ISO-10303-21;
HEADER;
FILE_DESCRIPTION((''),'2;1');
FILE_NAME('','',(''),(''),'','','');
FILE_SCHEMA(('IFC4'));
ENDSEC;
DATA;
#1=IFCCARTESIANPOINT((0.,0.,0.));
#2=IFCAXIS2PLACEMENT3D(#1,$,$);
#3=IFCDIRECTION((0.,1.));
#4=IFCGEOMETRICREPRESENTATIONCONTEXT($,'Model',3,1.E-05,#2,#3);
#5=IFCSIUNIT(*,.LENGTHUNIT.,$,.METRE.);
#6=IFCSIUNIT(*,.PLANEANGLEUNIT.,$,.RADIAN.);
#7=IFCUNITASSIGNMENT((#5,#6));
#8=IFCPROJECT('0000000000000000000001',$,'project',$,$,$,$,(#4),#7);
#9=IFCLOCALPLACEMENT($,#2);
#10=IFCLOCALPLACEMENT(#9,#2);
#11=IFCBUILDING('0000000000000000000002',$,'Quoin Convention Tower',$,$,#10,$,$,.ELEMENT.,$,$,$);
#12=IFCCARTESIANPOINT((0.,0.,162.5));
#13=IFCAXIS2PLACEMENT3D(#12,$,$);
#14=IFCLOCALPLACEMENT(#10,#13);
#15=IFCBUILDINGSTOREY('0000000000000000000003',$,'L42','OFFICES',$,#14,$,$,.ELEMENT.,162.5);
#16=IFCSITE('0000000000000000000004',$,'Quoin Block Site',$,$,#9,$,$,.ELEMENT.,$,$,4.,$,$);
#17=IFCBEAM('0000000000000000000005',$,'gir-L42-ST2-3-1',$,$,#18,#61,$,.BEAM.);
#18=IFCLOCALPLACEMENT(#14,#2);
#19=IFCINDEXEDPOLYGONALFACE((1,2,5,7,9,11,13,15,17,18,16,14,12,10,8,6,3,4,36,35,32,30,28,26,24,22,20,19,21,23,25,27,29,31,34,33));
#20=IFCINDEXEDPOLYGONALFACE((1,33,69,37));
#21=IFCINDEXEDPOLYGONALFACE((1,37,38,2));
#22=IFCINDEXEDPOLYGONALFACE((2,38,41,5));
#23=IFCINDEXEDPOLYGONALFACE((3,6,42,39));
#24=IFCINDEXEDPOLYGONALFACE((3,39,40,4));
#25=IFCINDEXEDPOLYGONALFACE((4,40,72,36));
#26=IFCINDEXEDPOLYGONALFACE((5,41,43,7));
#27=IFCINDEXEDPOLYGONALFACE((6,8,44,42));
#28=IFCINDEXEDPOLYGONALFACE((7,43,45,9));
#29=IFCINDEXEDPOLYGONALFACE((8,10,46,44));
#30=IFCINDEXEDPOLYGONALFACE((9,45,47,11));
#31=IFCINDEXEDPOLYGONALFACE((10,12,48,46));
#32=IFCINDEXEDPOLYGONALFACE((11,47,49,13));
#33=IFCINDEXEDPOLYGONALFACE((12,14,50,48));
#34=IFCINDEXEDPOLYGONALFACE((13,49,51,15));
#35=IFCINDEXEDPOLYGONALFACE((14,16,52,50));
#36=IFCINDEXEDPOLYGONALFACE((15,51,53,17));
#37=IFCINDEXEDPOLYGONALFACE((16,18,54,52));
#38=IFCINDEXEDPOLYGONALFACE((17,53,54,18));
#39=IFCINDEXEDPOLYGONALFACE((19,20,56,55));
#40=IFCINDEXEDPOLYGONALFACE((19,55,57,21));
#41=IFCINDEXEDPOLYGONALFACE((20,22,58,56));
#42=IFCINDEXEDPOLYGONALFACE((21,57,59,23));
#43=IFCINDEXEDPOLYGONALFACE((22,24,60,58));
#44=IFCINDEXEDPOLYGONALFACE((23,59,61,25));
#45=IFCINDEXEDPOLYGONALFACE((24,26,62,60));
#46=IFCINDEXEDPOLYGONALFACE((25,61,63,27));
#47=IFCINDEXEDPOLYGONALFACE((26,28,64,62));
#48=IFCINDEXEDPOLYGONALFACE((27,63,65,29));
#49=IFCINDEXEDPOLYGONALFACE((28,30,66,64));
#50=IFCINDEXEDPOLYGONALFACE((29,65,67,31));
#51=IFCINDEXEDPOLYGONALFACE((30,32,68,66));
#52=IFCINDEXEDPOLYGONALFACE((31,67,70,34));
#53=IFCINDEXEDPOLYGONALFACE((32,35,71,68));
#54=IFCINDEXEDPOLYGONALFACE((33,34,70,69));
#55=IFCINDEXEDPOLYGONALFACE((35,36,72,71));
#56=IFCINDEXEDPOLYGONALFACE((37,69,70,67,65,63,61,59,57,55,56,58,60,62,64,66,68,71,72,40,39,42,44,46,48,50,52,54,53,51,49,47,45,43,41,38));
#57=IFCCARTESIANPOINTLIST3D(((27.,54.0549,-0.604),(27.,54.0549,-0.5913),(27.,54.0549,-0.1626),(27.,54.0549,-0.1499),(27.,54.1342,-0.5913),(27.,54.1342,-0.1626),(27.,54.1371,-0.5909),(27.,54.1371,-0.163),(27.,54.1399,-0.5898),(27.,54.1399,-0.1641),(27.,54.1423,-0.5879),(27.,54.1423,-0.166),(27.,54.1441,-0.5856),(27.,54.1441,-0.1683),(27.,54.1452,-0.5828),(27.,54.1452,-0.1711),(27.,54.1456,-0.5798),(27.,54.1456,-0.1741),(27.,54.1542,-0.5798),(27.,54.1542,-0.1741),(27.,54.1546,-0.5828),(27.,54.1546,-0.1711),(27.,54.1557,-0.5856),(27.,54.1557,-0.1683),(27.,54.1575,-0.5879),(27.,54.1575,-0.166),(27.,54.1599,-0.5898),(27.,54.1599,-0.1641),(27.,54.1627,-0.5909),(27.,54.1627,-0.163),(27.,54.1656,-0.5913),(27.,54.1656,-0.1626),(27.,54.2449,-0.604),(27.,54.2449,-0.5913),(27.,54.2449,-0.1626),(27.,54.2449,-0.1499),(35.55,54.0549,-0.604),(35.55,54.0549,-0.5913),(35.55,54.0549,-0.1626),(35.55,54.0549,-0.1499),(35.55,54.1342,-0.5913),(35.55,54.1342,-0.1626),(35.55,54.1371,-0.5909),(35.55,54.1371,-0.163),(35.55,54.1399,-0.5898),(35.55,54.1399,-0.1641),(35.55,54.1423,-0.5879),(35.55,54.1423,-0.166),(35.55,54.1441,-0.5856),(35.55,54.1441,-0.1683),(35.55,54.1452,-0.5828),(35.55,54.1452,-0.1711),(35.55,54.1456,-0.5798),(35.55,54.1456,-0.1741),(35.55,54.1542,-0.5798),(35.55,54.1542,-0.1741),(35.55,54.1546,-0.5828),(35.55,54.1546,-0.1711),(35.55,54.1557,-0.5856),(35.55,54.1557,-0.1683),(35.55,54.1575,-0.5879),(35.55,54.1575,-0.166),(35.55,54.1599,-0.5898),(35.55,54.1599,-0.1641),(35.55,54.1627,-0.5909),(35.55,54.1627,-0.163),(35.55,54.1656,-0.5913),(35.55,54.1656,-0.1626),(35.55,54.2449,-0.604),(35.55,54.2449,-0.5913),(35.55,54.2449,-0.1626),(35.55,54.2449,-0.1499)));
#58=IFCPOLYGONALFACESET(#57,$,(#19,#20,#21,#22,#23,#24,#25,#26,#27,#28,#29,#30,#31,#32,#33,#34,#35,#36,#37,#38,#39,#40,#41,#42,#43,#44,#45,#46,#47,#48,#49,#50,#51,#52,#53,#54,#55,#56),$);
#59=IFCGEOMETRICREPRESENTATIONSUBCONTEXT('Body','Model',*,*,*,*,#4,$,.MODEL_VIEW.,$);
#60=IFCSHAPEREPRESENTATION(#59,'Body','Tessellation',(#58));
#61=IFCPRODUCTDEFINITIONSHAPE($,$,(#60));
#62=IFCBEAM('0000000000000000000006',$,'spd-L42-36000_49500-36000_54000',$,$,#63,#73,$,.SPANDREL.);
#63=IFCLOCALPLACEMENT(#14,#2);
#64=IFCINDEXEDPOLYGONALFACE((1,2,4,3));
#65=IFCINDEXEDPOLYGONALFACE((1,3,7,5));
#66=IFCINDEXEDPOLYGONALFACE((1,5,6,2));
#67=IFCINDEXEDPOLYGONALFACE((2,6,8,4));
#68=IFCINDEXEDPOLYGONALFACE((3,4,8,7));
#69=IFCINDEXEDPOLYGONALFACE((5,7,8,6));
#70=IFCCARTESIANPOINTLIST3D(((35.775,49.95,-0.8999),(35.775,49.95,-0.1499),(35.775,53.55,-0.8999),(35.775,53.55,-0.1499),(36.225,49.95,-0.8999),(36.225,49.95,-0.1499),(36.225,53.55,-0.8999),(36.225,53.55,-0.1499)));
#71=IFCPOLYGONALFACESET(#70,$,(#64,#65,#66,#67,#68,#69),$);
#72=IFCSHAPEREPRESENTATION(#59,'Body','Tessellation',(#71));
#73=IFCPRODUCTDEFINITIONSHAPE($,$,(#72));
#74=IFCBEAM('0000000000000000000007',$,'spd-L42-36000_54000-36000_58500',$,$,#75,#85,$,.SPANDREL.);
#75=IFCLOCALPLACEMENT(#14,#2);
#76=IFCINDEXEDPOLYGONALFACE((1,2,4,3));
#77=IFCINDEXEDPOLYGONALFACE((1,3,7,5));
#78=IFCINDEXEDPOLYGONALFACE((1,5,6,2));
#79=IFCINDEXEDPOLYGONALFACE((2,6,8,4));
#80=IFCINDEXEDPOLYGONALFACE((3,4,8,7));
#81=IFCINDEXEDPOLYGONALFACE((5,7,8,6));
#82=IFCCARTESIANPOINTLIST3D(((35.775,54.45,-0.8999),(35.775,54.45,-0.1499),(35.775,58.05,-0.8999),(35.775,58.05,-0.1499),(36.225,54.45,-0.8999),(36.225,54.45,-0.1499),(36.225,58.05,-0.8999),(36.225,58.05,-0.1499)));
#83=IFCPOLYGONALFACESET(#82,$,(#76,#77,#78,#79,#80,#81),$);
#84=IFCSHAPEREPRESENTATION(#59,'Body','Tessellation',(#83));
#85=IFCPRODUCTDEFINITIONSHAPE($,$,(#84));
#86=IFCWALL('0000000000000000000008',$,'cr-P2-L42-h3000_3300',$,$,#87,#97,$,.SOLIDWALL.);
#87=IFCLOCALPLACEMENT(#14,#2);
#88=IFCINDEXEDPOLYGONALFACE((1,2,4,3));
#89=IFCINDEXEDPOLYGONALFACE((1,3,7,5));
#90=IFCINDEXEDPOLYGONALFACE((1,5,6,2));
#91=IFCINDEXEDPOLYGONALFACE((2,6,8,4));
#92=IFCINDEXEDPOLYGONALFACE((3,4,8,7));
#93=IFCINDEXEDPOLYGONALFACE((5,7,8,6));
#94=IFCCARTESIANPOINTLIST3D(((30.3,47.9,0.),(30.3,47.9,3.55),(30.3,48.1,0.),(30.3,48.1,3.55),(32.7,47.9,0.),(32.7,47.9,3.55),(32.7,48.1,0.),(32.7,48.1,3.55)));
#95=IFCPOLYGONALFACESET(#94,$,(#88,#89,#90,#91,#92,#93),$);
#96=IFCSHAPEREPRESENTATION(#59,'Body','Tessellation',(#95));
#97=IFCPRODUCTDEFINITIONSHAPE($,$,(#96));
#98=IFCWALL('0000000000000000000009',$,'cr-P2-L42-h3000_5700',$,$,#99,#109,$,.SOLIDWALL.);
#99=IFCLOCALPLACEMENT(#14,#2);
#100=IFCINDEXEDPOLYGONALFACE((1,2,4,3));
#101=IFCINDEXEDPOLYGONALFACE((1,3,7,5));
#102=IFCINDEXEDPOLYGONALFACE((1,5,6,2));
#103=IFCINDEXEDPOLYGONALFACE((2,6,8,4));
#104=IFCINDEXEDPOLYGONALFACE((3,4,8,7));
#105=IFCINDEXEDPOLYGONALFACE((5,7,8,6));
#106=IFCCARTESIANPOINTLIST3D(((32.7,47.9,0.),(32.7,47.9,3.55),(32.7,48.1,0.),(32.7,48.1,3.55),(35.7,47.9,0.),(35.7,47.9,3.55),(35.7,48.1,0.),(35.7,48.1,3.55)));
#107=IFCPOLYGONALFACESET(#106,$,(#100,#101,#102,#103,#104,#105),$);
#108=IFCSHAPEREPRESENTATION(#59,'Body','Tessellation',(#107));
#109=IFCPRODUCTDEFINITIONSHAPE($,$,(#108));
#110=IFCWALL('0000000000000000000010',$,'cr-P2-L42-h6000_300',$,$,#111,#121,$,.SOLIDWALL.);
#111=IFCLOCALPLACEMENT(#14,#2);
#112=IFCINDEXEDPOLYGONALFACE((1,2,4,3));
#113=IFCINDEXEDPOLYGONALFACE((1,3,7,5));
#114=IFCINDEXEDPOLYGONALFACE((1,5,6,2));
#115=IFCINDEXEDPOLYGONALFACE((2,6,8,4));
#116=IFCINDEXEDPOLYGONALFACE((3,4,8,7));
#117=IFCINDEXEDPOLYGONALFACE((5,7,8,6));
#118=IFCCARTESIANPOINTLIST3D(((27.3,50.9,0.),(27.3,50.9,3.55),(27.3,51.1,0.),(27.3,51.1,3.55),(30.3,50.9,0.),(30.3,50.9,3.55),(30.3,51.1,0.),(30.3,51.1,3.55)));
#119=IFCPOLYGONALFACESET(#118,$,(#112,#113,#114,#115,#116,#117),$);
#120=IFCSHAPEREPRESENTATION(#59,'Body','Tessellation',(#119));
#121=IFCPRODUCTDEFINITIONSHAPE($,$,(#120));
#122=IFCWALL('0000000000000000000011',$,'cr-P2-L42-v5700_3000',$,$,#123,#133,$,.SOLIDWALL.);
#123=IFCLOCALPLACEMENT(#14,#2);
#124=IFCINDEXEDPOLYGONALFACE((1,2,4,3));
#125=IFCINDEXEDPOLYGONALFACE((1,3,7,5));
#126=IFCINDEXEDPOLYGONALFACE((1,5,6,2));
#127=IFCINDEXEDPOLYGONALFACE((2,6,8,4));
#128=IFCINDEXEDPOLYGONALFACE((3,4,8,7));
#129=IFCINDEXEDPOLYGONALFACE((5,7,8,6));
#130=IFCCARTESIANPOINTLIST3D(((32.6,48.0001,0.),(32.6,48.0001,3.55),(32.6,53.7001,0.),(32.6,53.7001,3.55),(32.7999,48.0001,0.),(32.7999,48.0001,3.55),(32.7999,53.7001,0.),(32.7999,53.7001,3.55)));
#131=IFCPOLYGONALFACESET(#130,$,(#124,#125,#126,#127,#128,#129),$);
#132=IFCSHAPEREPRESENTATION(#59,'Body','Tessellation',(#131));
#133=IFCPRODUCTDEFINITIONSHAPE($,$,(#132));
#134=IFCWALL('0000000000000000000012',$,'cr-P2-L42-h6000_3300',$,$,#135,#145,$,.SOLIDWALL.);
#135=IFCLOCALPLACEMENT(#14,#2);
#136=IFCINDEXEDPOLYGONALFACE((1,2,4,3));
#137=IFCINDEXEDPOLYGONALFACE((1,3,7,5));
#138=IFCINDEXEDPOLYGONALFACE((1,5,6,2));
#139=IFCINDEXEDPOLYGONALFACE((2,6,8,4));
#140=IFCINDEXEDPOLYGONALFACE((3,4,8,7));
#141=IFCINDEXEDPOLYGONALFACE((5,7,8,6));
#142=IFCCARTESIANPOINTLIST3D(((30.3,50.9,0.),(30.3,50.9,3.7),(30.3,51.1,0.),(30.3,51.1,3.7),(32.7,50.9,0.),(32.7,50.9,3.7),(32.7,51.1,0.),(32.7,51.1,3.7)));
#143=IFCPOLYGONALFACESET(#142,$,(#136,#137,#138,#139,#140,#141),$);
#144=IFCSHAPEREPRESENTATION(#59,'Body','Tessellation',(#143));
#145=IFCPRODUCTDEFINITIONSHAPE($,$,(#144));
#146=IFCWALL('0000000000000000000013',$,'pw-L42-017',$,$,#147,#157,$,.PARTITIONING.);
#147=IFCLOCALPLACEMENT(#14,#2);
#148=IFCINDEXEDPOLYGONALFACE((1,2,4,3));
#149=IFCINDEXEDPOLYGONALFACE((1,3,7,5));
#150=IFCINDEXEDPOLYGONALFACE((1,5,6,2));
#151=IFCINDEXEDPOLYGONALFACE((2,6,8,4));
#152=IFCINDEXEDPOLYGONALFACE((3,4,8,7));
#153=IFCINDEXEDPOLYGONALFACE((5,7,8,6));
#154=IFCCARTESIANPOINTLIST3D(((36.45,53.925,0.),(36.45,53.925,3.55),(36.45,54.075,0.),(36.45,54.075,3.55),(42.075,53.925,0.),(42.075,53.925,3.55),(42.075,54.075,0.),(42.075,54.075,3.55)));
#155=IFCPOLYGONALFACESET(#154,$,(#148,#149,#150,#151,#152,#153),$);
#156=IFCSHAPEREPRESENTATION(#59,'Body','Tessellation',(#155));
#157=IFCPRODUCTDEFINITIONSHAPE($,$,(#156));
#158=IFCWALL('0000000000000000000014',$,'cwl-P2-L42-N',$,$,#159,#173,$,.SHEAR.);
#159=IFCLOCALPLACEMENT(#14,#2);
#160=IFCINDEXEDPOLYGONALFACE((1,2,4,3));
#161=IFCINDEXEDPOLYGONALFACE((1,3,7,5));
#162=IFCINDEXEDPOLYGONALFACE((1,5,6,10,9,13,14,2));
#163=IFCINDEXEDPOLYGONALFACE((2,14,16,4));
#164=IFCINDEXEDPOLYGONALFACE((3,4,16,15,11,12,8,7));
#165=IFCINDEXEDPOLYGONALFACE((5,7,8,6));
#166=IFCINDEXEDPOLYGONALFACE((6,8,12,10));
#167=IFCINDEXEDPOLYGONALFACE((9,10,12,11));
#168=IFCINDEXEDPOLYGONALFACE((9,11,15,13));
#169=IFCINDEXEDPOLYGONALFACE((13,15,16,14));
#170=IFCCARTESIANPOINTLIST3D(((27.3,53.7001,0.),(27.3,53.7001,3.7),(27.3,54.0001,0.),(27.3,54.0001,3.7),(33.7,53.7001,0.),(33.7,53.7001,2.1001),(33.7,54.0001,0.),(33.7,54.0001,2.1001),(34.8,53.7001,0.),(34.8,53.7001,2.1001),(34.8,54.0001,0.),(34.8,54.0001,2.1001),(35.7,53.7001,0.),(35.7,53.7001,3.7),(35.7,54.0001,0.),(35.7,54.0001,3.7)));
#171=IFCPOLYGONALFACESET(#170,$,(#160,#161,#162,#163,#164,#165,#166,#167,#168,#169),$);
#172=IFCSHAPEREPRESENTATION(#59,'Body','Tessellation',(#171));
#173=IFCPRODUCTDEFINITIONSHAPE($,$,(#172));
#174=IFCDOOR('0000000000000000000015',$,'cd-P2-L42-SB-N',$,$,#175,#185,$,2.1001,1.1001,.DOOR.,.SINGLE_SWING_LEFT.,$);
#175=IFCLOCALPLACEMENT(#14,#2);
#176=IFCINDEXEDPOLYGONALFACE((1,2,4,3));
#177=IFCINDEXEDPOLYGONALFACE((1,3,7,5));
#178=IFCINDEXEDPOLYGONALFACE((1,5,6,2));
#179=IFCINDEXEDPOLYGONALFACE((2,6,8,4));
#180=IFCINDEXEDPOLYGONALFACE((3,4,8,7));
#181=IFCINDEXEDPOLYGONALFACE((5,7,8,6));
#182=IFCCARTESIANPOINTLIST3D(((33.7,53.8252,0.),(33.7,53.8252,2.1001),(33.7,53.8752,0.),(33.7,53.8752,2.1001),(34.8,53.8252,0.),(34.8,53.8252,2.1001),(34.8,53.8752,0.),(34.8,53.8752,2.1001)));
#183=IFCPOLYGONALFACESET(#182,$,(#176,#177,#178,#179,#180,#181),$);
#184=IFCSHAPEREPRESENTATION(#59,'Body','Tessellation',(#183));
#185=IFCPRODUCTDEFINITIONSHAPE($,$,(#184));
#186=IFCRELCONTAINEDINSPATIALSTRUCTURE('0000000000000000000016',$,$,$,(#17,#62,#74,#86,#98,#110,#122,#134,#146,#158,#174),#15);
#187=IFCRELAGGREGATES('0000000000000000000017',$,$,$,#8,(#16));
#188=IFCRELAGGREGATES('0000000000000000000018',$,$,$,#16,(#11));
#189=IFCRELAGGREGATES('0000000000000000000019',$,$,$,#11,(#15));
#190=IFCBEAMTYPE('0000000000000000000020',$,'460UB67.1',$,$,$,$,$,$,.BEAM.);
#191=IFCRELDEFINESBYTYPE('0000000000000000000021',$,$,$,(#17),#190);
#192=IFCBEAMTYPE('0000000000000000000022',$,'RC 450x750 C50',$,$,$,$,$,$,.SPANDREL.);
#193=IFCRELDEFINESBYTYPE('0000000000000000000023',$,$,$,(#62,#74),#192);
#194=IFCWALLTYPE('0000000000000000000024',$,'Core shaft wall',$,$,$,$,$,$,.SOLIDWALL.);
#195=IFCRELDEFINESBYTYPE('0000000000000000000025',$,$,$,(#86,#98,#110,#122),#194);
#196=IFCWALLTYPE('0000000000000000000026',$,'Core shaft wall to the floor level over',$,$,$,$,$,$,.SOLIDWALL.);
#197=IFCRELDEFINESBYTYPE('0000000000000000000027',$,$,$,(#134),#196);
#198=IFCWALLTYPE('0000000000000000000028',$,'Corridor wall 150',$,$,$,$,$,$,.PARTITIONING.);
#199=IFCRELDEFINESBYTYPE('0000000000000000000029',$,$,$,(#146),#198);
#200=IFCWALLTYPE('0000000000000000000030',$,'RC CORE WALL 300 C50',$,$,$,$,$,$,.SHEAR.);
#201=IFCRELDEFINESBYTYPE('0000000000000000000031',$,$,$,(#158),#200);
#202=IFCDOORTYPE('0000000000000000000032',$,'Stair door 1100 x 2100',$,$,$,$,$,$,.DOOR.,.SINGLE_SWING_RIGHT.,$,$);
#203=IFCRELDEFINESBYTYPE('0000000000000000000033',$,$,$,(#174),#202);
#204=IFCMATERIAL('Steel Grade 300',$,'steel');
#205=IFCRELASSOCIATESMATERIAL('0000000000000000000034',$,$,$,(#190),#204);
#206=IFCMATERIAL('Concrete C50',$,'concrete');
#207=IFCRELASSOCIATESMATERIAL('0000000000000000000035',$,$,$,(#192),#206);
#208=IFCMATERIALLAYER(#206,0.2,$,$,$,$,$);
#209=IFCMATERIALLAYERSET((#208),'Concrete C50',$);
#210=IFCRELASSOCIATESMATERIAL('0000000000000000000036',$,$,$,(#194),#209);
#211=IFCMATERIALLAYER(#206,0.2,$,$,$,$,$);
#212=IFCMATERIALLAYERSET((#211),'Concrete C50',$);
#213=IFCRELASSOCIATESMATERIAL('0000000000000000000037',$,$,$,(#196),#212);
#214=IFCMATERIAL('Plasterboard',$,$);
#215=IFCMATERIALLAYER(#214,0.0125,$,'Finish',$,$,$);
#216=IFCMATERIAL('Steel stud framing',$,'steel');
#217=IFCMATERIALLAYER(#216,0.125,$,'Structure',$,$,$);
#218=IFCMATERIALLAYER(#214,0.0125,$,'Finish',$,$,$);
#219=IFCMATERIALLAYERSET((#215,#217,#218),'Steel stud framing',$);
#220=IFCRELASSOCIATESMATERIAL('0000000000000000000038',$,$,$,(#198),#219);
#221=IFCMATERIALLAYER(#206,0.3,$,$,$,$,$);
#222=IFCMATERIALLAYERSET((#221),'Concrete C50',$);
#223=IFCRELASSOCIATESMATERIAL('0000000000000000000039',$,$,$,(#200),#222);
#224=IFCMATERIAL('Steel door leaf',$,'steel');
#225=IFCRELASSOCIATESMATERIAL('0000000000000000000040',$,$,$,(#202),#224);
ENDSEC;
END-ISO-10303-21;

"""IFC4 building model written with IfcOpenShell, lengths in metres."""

from ifc_helpers import new_model, si_unit, direction, frame, frame_2d, origin, origin_2d, place, context, subcontext, project, spatial, rectangle, i_section, extrude, material, layer, layer_set, material_profile, profile_set, type_object, element, fill, save


model = new_model("IFC4")

# Units and contexts
model_context = context("Model", 3, precision=1e-05, world=origin(), true_north=direction((0.0, 1.0)))
body_context = subcontext(model_context, "Body", "Model", "MODEL_VIEW")
ifc_project = project(units=[si_unit("LENGTHUNIT", "METRE"), si_unit("PLANEANGLEUNIT", "RADIAN")], contexts=[model_context])

# Site, building, storey
site_placement = place(None, origin())
site = spatial("IfcSite", under=ifc_project, at=site_placement, Name="Quoin Block Site", CompositionType="ELEMENT", RefElevation=4.0)
building_placement = place(site_placement, origin())
building = spatial("IfcBuilding", under=site, at=building_placement, Name="Quoin Convention Tower", CompositionType="ELEMENT")
storey_placement = place(building_placement, frame((0.0, 0.0, 162.5)))
storey = spatial("IfcBuildingStorey", under=building, at=storey_placement, Name="L42", Description="OFFICES", CompositionType="ELEMENT", Elevation=162.5)

# Shared definitions
ifc_material_1 = material(Name="Concrete C50", Category="concrete")

# Beams
ifc_material_2 = material(Name="Steel Grade 300", Category="steel")
ifc_material_profile_1 = material_profile(ifc_material_2, i_section(OverallWidth=0.1899, OverallDepth=0.4541, WebThickness=0.0085, FlangeThickness=0.0127, FilletRadius=0.0115, at=origin_2d()), Name="460UB67.1")
ifc_profile_set_1 = profile_set([ifc_material_profile_1], Name="Steel Grade 300")
beam_type_1 = type_object("IfcBeamType", Name="460UB67.1", PredefinedType="BEAM", material=ifc_profile_set_1)
beam_1_placement = place(storey_placement, frame((27.0, 54.1499, -0.377), z_axis=(1.0, 0.0, 0.0), x_axis=(0.0, 1.0, 0.0)))
element("IfcBeam", 1, at=beam_1_placement, inside=storey, type_object=beam_type_1, Name="gir-L42-ST2-3-1", PredefinedType="BEAM", context=body_context, shape_type="SweptSolid", body=[
    extrude(i_section(OverallWidth=0.1899, OverallDepth=0.4541, WebThickness=0.0085, FlangeThickness=0.0127, FilletRadius=0.0115, at=origin_2d()), origin(), (0.0, 0.0, 1.0), 8.55),
])
ifc_material_profile_2 = material_profile(ifc_material_1, rectangle(XDim=0.45, YDim=0.75, at=origin_2d()), Name="RC 450x750")
ifc_profile_set_2 = profile_set([ifc_material_profile_2], Name="Concrete C50")
beam_type_2 = type_object("IfcBeamType", Name="RC 450x750 C50", PredefinedType="SPANDREL", material=ifc_profile_set_2)
for number, where, z_axis, x_axis, name in (
    (2, (36.0, 49.95, -0.5249), (0.0, 1.0, 0.0), (-1.0, 0.0, 0.0), "spd-L42-36000_49500-36000_54000"),
    (3, (36.0, 54.45, -0.5249), (0.0, 1.0, 0.0), (-1.0, 0.0, 0.0), "spd-L42-36000_54000-36000_58500"),
):
    element("IfcBeam", number, at=place(storey_placement, frame(where, z_axis=z_axis, x_axis=x_axis)), inside=storey, type_object=beam_type_2, Name=name, PredefinedType="SPANDREL", context=body_context, shape_type="SweptSolid", body=[
        extrude(rectangle(XDim=0.45, YDim=0.75, at=origin_2d()), origin(), (0.0, 0.0, 1.0), 3.6001),
    ])

# Walls
ifc_layer_1 = layer(ifc_material_1, 0.2)
ifc_layer_set_1 = layer_set([ifc_layer_1], Name="Concrete C50")
wall_type_1 = type_object("IfcWallType", Name="Core shaft wall", PredefinedType="SOLIDWALL", material=ifc_layer_set_1)
wall_1_placement = place(storey_placement, frame((30.3, 48.0, 0.0), z_axis=(0.0, 0.0, 1.0), x_axis=(1.0, 0.0, 0.0)))
element("IfcWall", 4, at=wall_1_placement, inside=storey, type_object=wall_type_1, Name="cr-P2-L42-h3000_3300", PredefinedType="SOLIDWALL", context=body_context, shape_type="SweptSolid", body=[
    extrude(rectangle(XDim=2.3999, YDim=0.2, at=frame_2d((1.2, 0.0))), origin(), (0.0, 0.0, 1.0), 3.55),
])
for number, where, z_axis, x_axis, name in (
    (5, (32.7, 48.0, 0.0), (0.0, 0.0, 1.0), (1.0, 0.0, 0.0), "cr-P2-L42-h3000_5700"),
    (6, (27.3, 51.0, 0.0), (0.0, 0.0, 1.0), (1.0, 0.0, 0.0), "cr-P2-L42-h6000_300"),
):
    element("IfcWall", number, at=place(storey_placement, frame(where, z_axis=z_axis, x_axis=x_axis)), inside=storey, type_object=wall_type_1, Name=name, PredefinedType="SOLIDWALL", context=body_context, shape_type="SweptSolid", body=[
        extrude(rectangle(XDim=3.0, YDim=0.2, at=frame_2d((1.5, 0.0))), origin(), (0.0, 0.0, 1.0), 3.55),
    ])
wall_2_placement = place(storey_placement, frame((32.7, 48.0, 0.0), z_axis=(0.0, 0.0, 1.0), x_axis=(0.0, 1.0, 0.0)))
element("IfcWall", 7, at=wall_2_placement, inside=storey, type_object=wall_type_1, Name="cr-P2-L42-v5700_3000", PredefinedType="SOLIDWALL", context=body_context, shape_type="SweptSolid", body=[
    extrude(rectangle(XDim=5.7, YDim=0.2, at=frame_2d((2.8501, 0.0))), origin(), (0.0, 0.0, 1.0), 3.55),
])
ifc_layer_2 = layer(ifc_material_1, 0.2)
ifc_layer_set_2 = layer_set([ifc_layer_2], Name="Concrete C50")
wall_type_2 = type_object("IfcWallType", Name="Core shaft wall to the floor level over", PredefinedType="SOLIDWALL", material=ifc_layer_set_2)
wall_3_placement = place(storey_placement, frame((30.3, 51.0, 0.0), z_axis=(0.0, 0.0, 1.0), x_axis=(1.0, 0.0, 0.0)))
element("IfcWall", 8, at=wall_3_placement, inside=storey, type_object=wall_type_2, Name="cr-P2-L42-h6000_3300", PredefinedType="SOLIDWALL", context=body_context, shape_type="SweptSolid", body=[
    extrude(rectangle(XDim=2.3999, YDim=0.2, at=frame_2d((1.2, 0.0))), origin(), (0.0, 0.0, 1.0), 3.7),
])
ifc_material_3 = material(Name="Plasterboard")
ifc_layer_3 = layer(ifc_material_3, 0.0125, Name="Finish")
ifc_material_4 = material(Name="Steel stud framing", Category="steel")
ifc_layer_4 = layer(ifc_material_4, 0.125, Name="Structure")
ifc_layer_5 = layer(ifc_material_3, 0.0125, Name="Finish")
ifc_layer_set_3 = layer_set([ifc_layer_3, ifc_layer_4, ifc_layer_5], Name="Steel stud framing")
wall_type_3 = type_object("IfcWallType", Name="Corridor wall 150", PredefinedType="PARTITIONING", material=ifc_layer_set_3)
wall_4_placement = place(storey_placement, frame((36.45, 54.0, 0.0), z_axis=(0.0, 0.0, 1.0), x_axis=(1.0, 0.0, 0.0)))
element("IfcWall", 9, at=wall_4_placement, inside=storey, type_object=wall_type_3, Name="pw-L42-017", PredefinedType="PARTITIONING", context=body_context, shape_type="SweptSolid", body=[
    extrude(rectangle(XDim=5.625, YDim=0.1499, at=frame_2d((2.8125, 0.0))), origin(), (0.0, 0.0, 1.0), 3.55),
])

# Wall, opening, door
ifc_layer_6 = layer(ifc_material_1, 0.3)
ifc_layer_set_4 = layer_set([ifc_layer_6], Name="Concrete C50")
wall_type_4 = type_object("IfcWallType", Name="RC CORE WALL 300 C50", PredefinedType="SHEAR", material=ifc_layer_set_4)
wall_5_placement = place(storey_placement, frame((27.3, 53.8501, 0.0), z_axis=(0.0, 0.0, 1.0), x_axis=(1.0, 0.0, 0.0)))
wall_5 = element("IfcWall", 10, at=wall_5_placement, inside=storey, type_object=wall_type_4, Name="cwl-P2-L42-N", PredefinedType="SHEAR", context=body_context, shape_type="SweptSolid", body=[
    extrude(rectangle(XDim=8.3999, YDim=0.3, at=frame_2d((4.2, 0.0))), origin(), (0.0, 0.0, 1.0), 3.7),
])
opening_placement = place(wall_5_placement, frame((6.3999, 0.0, 0.0)))
opening = element("IfcOpeningElement", 11, at=opening_placement, cuts=wall_5, PredefinedType="OPENING", context=body_context, shape_type="SweptSolid", body=[
    extrude(rectangle(XDim=1.1001, YDim=2.1001, at=frame_2d((0.55, 1.05))), frame((0.0, 0.1599, 0.0), z_axis=(0.0, -1.0, 0.0), x_axis=(1.0, 0.0, 0.0)), (0.0, 0.0, 1.0), 0.3201),
])
ifc_material_5 = material(Name="Steel door leaf", Category="steel")
door_type = type_object("IfcDoorType", Name="Stair door 1100 x 2100", OperationType="SINGLE_SWING_RIGHT", PredefinedType="DOOR", material=ifc_material_5)
door_placement = place(opening_placement, frame((1.1001, 0.0, 0.0), z_axis=(0.0, 0.0, 1.0), x_axis=(-1.0, 0.0, 0.0)))
door = element("IfcDoor", 12, at=door_placement, inside=storey, type_object=door_type, Name="cd-P2-L42-SB-N", OperationType="SINGLE_SWING_LEFT", OverallHeight=2.1001, OverallWidth=1.1001, PredefinedType="DOOR", context=body_context, shape_type="SweptSolid", body=[
    extrude(rectangle(XDim=1.1001, YDim=2.1001, at=frame_2d((0.55, 1.05))), frame((0.0, 0.0249, 0.0), z_axis=(0.0, -1.0, 0.0), x_axis=(1.0, 0.0, 0.0)), (0.0, 0.0, 1.0), 0.05),
])
fill(opening, door)

save(model, "model.ifc")
